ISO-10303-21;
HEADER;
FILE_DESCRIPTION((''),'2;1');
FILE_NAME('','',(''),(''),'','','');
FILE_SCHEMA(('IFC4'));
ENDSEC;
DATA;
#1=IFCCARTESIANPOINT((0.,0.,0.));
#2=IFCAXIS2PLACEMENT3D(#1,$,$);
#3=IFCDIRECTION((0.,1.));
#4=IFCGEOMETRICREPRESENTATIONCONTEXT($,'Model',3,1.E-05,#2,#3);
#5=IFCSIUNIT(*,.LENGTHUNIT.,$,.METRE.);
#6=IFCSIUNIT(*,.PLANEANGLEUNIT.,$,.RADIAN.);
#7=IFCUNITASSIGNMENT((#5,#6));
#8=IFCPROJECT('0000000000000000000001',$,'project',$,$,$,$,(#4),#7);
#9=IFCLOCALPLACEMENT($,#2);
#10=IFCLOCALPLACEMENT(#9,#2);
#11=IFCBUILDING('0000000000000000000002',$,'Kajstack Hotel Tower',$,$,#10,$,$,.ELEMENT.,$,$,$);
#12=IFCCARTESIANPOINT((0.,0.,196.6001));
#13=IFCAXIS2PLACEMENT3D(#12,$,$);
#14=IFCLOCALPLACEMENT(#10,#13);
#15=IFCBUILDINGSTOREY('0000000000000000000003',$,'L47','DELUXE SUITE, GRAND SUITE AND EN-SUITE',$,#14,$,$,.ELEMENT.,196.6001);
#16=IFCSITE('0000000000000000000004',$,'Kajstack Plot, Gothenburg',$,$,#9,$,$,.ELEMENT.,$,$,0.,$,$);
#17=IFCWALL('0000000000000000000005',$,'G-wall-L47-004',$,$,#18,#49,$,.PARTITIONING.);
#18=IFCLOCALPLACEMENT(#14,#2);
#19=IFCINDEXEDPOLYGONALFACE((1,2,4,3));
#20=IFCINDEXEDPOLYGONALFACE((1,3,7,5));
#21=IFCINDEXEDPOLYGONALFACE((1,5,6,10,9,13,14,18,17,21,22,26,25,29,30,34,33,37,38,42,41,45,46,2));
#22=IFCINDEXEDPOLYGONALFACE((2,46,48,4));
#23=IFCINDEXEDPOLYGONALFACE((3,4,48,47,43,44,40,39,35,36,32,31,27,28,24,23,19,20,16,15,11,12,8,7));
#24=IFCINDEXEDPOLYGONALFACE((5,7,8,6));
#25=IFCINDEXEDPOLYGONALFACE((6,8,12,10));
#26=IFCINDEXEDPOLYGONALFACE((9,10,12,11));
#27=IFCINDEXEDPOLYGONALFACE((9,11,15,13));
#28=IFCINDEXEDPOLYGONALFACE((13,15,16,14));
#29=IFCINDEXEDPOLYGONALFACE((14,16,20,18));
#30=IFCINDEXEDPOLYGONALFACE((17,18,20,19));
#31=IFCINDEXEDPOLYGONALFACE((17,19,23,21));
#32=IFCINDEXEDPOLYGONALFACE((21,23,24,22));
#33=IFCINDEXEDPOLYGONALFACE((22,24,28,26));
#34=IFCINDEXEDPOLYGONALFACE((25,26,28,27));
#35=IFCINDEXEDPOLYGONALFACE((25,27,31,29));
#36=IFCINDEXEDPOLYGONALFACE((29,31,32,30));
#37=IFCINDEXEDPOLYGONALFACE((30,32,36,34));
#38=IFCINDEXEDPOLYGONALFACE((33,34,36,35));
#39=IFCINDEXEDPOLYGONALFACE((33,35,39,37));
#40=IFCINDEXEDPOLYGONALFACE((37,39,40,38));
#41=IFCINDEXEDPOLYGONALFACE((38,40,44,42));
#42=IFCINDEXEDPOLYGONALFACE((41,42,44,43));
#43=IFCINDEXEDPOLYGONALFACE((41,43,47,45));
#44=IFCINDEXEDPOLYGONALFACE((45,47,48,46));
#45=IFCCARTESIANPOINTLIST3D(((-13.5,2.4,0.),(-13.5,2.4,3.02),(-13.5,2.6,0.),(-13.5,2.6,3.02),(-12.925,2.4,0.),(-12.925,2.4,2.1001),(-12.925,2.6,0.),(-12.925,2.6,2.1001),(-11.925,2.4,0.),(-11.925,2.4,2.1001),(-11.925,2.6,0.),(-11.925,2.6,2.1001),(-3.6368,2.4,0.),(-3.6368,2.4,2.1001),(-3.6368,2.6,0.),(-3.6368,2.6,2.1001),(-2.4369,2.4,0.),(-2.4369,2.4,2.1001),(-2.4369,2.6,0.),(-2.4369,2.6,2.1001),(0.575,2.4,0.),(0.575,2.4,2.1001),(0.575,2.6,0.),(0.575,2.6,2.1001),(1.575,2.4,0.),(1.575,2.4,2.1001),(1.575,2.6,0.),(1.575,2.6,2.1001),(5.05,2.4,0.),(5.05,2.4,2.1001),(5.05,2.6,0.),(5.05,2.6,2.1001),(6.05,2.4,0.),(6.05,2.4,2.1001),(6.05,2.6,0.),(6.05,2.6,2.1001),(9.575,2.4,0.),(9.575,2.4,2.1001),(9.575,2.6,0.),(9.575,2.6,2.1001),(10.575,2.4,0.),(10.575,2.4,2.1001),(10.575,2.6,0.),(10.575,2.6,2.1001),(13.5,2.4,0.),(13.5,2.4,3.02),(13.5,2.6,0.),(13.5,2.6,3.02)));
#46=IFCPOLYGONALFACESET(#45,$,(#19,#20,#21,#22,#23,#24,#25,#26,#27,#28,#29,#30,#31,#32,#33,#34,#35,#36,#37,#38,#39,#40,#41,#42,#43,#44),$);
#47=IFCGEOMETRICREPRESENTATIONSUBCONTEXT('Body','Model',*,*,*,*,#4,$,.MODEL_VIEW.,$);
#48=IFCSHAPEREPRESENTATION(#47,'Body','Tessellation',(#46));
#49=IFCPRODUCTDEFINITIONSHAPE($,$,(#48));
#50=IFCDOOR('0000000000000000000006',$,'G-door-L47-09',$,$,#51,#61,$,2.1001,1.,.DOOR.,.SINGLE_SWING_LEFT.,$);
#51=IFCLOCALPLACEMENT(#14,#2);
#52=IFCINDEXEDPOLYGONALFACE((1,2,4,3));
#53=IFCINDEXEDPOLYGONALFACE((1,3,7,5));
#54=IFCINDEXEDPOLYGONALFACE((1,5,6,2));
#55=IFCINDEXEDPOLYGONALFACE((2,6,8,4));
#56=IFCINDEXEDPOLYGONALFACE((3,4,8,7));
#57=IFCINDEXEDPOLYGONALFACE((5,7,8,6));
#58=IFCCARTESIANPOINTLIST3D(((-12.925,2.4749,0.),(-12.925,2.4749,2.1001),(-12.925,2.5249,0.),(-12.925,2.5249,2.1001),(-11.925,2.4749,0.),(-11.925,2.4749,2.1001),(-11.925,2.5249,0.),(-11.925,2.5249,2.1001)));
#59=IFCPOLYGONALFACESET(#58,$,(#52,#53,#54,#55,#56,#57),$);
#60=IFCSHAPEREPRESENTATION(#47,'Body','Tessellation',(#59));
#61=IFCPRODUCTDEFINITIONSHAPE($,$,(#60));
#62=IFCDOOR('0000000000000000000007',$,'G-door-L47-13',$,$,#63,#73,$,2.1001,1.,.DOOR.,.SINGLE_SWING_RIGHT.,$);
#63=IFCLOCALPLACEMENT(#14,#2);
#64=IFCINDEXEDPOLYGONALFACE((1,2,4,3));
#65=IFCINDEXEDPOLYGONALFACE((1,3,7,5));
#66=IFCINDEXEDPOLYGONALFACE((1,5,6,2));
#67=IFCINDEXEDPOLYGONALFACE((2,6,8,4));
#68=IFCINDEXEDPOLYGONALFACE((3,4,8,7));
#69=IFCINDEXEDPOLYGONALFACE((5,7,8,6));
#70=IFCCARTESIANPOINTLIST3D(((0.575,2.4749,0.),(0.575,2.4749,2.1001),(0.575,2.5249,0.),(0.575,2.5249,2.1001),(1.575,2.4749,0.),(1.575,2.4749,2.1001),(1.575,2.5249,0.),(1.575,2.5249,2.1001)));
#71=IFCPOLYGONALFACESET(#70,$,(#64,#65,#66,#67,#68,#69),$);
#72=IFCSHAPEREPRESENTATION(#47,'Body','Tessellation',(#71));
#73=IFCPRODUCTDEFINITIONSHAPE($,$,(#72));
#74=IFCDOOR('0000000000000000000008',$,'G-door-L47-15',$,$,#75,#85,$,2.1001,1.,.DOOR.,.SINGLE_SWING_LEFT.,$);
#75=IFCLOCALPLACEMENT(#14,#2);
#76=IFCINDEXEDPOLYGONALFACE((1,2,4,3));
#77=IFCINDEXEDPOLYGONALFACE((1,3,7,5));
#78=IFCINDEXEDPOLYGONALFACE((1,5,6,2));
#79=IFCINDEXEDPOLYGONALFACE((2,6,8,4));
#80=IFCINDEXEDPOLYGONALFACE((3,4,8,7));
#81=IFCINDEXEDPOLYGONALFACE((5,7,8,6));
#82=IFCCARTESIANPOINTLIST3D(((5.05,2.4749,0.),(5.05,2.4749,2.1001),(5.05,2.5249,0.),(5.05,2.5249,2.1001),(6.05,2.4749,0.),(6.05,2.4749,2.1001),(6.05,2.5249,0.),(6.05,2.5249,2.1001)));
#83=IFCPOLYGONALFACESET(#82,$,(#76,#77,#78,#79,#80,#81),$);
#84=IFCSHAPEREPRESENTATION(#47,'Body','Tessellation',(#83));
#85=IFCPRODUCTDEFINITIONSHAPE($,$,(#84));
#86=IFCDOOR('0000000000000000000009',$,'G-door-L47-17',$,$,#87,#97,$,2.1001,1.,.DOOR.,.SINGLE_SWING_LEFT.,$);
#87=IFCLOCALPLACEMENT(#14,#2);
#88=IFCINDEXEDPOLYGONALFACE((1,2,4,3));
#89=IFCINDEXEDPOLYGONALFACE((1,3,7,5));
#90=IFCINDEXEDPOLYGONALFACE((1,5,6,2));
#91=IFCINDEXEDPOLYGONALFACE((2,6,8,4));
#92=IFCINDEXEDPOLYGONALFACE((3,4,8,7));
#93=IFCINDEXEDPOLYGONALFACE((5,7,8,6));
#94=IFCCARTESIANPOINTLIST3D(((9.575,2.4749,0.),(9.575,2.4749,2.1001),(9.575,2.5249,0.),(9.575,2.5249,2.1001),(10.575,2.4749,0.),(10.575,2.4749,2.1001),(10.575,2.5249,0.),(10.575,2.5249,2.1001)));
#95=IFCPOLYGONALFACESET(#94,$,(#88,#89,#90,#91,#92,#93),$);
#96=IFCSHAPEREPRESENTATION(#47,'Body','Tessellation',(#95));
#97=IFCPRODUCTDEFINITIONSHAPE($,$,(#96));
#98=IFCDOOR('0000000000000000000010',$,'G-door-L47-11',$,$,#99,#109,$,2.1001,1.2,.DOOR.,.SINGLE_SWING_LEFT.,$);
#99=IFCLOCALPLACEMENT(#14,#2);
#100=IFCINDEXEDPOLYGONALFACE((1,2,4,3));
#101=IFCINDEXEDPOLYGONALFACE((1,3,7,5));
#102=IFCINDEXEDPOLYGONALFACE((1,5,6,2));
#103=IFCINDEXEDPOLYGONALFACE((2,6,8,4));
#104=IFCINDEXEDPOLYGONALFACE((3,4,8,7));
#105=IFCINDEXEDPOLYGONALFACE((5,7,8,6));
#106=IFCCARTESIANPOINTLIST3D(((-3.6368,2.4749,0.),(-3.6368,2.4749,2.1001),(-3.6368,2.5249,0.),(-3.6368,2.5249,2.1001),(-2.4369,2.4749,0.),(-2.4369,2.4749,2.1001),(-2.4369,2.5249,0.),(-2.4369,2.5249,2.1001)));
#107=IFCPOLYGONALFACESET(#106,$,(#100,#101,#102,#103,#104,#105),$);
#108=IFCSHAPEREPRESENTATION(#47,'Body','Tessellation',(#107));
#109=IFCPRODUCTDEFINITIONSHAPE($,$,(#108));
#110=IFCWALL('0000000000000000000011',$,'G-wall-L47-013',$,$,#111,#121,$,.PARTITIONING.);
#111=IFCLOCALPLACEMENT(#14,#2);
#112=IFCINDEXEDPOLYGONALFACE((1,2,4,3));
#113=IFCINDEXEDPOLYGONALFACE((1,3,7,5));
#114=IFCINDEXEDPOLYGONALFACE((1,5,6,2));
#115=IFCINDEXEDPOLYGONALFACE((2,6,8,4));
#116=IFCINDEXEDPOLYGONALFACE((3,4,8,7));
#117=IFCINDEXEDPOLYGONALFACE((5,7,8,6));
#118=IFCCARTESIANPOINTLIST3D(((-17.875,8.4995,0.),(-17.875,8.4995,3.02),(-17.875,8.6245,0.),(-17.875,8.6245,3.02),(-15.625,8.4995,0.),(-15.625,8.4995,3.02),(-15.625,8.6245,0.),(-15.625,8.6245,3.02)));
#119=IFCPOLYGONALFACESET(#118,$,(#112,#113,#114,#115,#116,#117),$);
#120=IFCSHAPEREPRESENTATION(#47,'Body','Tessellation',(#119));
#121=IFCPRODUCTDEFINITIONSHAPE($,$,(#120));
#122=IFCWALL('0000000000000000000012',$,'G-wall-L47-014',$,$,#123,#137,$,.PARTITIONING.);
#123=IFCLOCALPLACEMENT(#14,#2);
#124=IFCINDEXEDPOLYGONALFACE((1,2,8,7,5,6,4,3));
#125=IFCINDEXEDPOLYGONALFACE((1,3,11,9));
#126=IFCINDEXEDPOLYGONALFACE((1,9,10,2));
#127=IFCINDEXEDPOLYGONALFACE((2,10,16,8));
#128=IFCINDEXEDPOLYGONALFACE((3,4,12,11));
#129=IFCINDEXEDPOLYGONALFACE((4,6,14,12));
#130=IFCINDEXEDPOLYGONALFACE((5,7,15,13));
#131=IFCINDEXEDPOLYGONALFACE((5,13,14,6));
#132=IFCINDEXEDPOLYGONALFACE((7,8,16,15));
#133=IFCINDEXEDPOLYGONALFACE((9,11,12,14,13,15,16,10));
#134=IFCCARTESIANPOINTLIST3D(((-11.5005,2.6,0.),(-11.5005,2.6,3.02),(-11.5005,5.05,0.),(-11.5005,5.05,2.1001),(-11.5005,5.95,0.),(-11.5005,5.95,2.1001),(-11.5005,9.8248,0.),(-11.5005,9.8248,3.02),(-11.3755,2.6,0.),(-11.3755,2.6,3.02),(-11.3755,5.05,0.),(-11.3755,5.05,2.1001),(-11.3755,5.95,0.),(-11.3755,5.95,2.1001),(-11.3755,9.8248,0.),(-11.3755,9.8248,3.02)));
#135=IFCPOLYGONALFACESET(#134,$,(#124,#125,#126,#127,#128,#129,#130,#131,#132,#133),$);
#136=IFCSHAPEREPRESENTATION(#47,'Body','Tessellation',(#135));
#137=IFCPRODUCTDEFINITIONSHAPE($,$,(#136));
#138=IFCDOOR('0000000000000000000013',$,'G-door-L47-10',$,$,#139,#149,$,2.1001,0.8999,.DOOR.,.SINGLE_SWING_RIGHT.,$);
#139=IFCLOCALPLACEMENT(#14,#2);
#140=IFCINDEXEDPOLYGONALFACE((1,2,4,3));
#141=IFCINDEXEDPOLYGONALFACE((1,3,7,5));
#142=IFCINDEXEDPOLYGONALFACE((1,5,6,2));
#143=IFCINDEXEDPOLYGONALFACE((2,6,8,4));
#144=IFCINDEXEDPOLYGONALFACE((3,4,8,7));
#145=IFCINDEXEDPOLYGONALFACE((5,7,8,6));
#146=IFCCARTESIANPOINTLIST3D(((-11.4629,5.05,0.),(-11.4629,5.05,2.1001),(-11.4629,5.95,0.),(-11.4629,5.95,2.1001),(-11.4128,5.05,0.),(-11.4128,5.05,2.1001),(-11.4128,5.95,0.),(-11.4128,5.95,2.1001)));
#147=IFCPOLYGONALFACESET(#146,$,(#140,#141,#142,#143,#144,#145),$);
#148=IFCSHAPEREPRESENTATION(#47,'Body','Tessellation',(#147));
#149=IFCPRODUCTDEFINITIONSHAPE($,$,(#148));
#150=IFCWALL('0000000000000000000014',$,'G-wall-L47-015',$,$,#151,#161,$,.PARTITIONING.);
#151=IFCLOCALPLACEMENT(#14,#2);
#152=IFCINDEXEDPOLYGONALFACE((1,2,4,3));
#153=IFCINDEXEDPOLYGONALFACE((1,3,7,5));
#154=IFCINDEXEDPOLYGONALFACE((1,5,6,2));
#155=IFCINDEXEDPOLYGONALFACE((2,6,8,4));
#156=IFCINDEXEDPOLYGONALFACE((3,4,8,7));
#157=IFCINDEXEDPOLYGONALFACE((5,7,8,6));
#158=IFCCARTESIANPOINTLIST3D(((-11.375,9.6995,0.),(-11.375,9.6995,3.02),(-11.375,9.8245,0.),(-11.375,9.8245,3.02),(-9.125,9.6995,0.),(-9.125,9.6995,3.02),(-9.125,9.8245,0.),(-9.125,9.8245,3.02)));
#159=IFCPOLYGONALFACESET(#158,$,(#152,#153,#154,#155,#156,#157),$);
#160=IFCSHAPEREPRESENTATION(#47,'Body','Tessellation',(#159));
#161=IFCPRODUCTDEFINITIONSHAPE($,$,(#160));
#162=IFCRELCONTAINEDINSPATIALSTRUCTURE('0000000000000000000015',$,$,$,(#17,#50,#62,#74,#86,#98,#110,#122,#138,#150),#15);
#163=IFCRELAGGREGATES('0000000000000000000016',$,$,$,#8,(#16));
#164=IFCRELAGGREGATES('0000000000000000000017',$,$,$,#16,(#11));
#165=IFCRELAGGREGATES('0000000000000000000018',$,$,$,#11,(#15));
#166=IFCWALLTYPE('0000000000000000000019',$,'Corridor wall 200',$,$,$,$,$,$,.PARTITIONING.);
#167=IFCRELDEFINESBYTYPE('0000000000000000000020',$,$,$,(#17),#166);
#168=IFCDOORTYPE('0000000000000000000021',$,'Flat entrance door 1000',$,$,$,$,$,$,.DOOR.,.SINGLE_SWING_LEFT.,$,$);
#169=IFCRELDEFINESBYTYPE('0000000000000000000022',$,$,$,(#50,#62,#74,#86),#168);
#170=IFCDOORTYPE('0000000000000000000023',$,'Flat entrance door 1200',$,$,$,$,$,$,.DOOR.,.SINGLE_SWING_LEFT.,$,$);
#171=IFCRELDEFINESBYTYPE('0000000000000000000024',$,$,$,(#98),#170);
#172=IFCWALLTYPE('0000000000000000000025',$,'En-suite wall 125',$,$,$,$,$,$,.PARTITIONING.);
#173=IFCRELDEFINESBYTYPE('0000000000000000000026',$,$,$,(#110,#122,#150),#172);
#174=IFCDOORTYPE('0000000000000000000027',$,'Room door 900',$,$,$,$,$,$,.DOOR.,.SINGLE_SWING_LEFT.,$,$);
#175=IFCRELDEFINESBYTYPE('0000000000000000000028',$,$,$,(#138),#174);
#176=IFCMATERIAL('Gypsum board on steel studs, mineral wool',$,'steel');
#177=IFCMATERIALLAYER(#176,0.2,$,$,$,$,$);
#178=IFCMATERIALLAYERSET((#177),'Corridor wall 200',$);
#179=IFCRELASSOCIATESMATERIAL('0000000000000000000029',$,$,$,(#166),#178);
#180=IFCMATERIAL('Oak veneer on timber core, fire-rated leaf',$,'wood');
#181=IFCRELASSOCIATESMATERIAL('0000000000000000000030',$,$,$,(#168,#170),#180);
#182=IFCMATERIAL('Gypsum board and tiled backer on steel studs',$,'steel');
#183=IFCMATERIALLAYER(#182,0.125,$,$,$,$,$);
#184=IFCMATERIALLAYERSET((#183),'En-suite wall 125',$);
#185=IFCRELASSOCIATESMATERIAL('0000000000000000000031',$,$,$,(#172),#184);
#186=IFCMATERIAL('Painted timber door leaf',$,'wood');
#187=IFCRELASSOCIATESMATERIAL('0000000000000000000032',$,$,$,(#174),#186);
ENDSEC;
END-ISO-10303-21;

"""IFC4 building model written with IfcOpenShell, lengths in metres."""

from ifc_helpers import new_model, si_unit, direction, frame, frame_2d, origin, place, context, subcontext, project, spatial, rectangle, extrude, material, layer, layer_set, type_object, element, fill, save


model = new_model("IFC4")

# Units and contexts
model_context = context("Model", 3, precision=1e-05, world=origin(), true_north=direction((0.0, 1.0)))
body_context = subcontext(model_context, "Body", "Model", "MODEL_VIEW")
ifc_project = project(units=[si_unit("LENGTHUNIT", "METRE"), si_unit("PLANEANGLEUNIT", "RADIAN")], contexts=[model_context])

# Site, building, storey
site_placement = place(None, origin())
site = spatial("IfcSite", under=ifc_project, at=site_placement, Name="Kajstack Plot, Gothenburg", CompositionType="ELEMENT", RefElevation=0.0)
building_placement = place(site_placement, origin())
building = spatial("IfcBuilding", under=site, at=building_placement, Name="Kajstack Hotel Tower", CompositionType="ELEMENT")
storey_placement = place(building_placement, frame((0.0, 0.0, 196.6001)))
storey = spatial("IfcBuildingStorey", under=building, at=storey_placement, Name="L47", Description="DELUXE SUITE, GRAND SUITE AND EN-SUITE", CompositionType="ELEMENT", Elevation=196.6001)

# Wall, openings, doors
ifc_material_1 = material(Name="Gypsum board on steel studs, mineral wool", Category="steel")
ifc_layer_1 = layer(ifc_material_1, 0.2)
ifc_layer_set_1 = layer_set([ifc_layer_1], Name="Corridor wall 200")
wall_type_1 = type_object("IfcWallType", Name="Corridor wall 200", PredefinedType="PARTITIONING", material=ifc_layer_set_1)
wall_1_placement = place(storey_placement, frame((-13.5, 2.5, 0.0), z_axis=(0.0, 0.0, 1.0), x_axis=(1.0, 0.0, 0.0)))
wall_1 = element("IfcWall", 1, at=wall_1_placement, inside=storey, type_object=wall_type_1, Name="G-wall-L47-004", PredefinedType="PARTITIONING", context=body_context, shape_type="SweptSolid", body=[
    extrude(rectangle(XDim=27.0, YDim=0.2, at=frame_2d((13.5, 0.0))), origin(), (0.0, 0.0, 1.0), 3.02),
])
opening_1_placement = place(wall_1_placement, frame((0.575, 0.0, 0.0)))
opening_1 = element("IfcOpeningElement", 2, at=opening_1_placement, cuts=wall_1, PredefinedType="OPENING", context=body_context, shape_type="SweptSolid", body=[
    extrude(rectangle(XDim=1.0, YDim=2.1001, at=frame_2d((0.5, 1.05))), frame((0.0, 0.1099, 0.0), z_axis=(0.0, -1.0, 0.0), x_axis=(1.0, 0.0, 0.0)), (0.0, 0.0, 1.0), 0.22),
])
opening_2_placement = place(wall_1_placement, frame((9.863, 0.0, 0.0)))
opening_2 = element("IfcOpeningElement", 3, at=opening_2_placement, cuts=wall_1, PredefinedType="OPENING", context=body_context, shape_type="SweptSolid", body=[
    extrude(rectangle(XDim=1.2, YDim=2.1001, at=frame_2d((0.6001, 1.05))), frame((0.0, 0.1099, 0.0), z_axis=(0.0, -1.0, 0.0), x_axis=(1.0, 0.0, 0.0)), (0.0, 0.0, 1.0), 0.22),
])
opening_3_placement = place(wall_1_placement, frame((14.075, 0.0, 0.0)))
opening_3 = element("IfcOpeningElement", 4, at=opening_3_placement, cuts=wall_1, PredefinedType="OPENING", context=body_context, shape_type="SweptSolid", body=[
    extrude(rectangle(XDim=1.0, YDim=2.1001, at=frame_2d((0.5, 1.05))), frame((0.0, 0.1099, 0.0), z_axis=(0.0, -1.0, 0.0), x_axis=(1.0, 0.0, 0.0)), (0.0, 0.0, 1.0), 0.22),
])
opening_4_placement = place(wall_1_placement, frame((18.55, 0.0, 0.0)))
opening_4 = element("IfcOpeningElement", 5, at=opening_4_placement, cuts=wall_1, PredefinedType="OPENING", context=body_context, shape_type="SweptSolid", body=[
    extrude(rectangle(XDim=1.0, YDim=2.1001, at=frame_2d((0.5, 1.05))), frame((0.0, 0.1099, 0.0), z_axis=(0.0, -1.0, 0.0), x_axis=(1.0, 0.0, 0.0)), (0.0, 0.0, 1.0), 0.22),
])
opening_5_placement = place(wall_1_placement, frame((23.075, 0.0, 0.0)))
opening_5 = element("IfcOpeningElement", 6, at=opening_5_placement, cuts=wall_1, PredefinedType="OPENING", context=body_context, shape_type="SweptSolid", body=[
    extrude(rectangle(XDim=1.0, YDim=2.1001, at=frame_2d((0.5, 1.05))), frame((0.0, 0.1099, 0.0), z_axis=(0.0, -1.0, 0.0), x_axis=(1.0, 0.0, 0.0)), (0.0, 0.0, 1.0), 0.22),
])
ifc_material_2 = material(Name="Oak veneer on timber core, fire-rated leaf", Category="wood")
door_type_1 = type_object("IfcDoorType", Name="Flat entrance door 1000", OperationType="SINGLE_SWING_LEFT", PredefinedType="DOOR", material=ifc_material_2)
door_1_placement = place(opening_1_placement, origin())
door_1 = element("IfcDoor", 7, at=door_1_placement, inside=storey, type_object=door_type_1, Name="G-door-L47-09", OperationType="SINGLE_SWING_LEFT", OverallHeight=2.1001, OverallWidth=1.0, PredefinedType="DOOR", context=body_context, shape_type="SweptSolid", body=[
    extrude(rectangle(XDim=1.0, YDim=2.1001, at=frame_2d((0.5, 1.05))), frame((0.0, 0.0249, 0.0), z_axis=(0.0, -1.0, 0.0), x_axis=(1.0, 0.0, 0.0)), (0.0, 0.0, 1.0), 0.05),
])
fill(opening_1, door_1)
door_2_placement = place(opening_3_placement, origin())
door_2 = element("IfcDoor", 8, at=door_2_placement, inside=storey, type_object=door_type_1, Name="G-door-L47-13", OperationType="SINGLE_SWING_RIGHT", OverallHeight=2.1001, OverallWidth=1.0, PredefinedType="DOOR", context=body_context, shape_type="SweptSolid", body=[
    extrude(rectangle(XDim=1.0, YDim=2.1001, at=frame_2d((0.5, 1.05))), frame((0.0, 0.0249, 0.0), z_axis=(0.0, -1.0, 0.0), x_axis=(1.0, 0.0, 0.0)), (0.0, 0.0, 1.0), 0.05),
])
fill(opening_3, door_2)
door_3_placement = place(opening_4_placement, origin())
door_3 = element("IfcDoor", 9, at=door_3_placement, inside=storey, type_object=door_type_1, Name="G-door-L47-15", OperationType="SINGLE_SWING_LEFT", OverallHeight=2.1001, OverallWidth=1.0, PredefinedType="DOOR", context=body_context, shape_type="SweptSolid", body=[
    extrude(rectangle(XDim=1.0, YDim=2.1001, at=frame_2d((0.5, 1.05))), frame((0.0, 0.0249, 0.0), z_axis=(0.0, -1.0, 0.0), x_axis=(1.0, 0.0, 0.0)), (0.0, 0.0, 1.0), 0.05),
])
fill(opening_4, door_3)
door_4_placement = place(opening_5_placement, origin())
door_4 = element("IfcDoor", 10, at=door_4_placement, inside=storey, type_object=door_type_1, Name="G-door-L47-17", OperationType="SINGLE_SWING_LEFT", OverallHeight=2.1001, OverallWidth=1.0, PredefinedType="DOOR", context=body_context, shape_type="SweptSolid", body=[
    extrude(rectangle(XDim=1.0, YDim=2.1001, at=frame_2d((0.5, 1.05))), frame((0.0, 0.0249, 0.0), z_axis=(0.0, -1.0, 0.0), x_axis=(1.0, 0.0, 0.0)), (0.0, 0.0, 1.0), 0.05),
])
fill(opening_5, door_4)
door_type_2 = type_object("IfcDoorType", Name="Flat entrance door 1200", OperationType="SINGLE_SWING_LEFT", PredefinedType="DOOR", material=ifc_material_2)
door_5_placement = place(opening_2_placement, origin())
door_5 = element("IfcDoor", 11, at=door_5_placement, inside=storey, type_object=door_type_2, Name="G-door-L47-11", OperationType="SINGLE_SWING_LEFT", OverallHeight=2.1001, OverallWidth=1.2, PredefinedType="DOOR", context=body_context, shape_type="SweptSolid", body=[
    extrude(rectangle(XDim=1.2, YDim=2.1001, at=frame_2d((0.6001, 1.05))), frame((0.0, 0.0249, 0.0), z_axis=(0.0, -1.0, 0.0), x_axis=(1.0, 0.0, 0.0)), (0.0, 0.0, 1.0), 0.05),
])
fill(opening_2, door_5)

# Wall
ifc_material_3 = material(Name="Gypsum board and tiled backer on steel studs", Category="steel")
ifc_layer_2 = layer(ifc_material_3, 0.125)
ifc_layer_set_2 = layer_set([ifc_layer_2], Name="En-suite wall 125")
wall_type_2 = type_object("IfcWallType", Name="En-suite wall 125", PredefinedType="PARTITIONING", material=ifc_layer_set_2)
wall_2_placement = place(storey_placement, frame((-17.875, 8.562, 0.0), z_axis=(0.0, 0.0, 1.0), x_axis=(1.0, 0.0, 0.0)))
element("IfcWall", 12, at=wall_2_placement, inside=storey, type_object=wall_type_2, Name="G-wall-L47-013", PredefinedType="PARTITIONING", context=body_context, shape_type="SweptSolid", body=[
    extrude(rectangle(XDim=2.25, YDim=0.125, at=frame_2d((1.125, 0.0))), origin(), (0.0, 0.0, 1.0), 3.02),
])

# Wall, opening, door
wall_3_placement = place(storey_placement, frame((-11.438, 2.6001, 0.0), z_axis=(0.0, 0.0, 1.0), x_axis=(0.0, 1.0, 0.0)))
wall_3 = element("IfcWall", 13, at=wall_3_placement, inside=storey, type_object=wall_type_2, Name="G-wall-L47-014", PredefinedType="PARTITIONING", context=body_context, shape_type="SweptSolid", body=[
    extrude(rectangle(XDim=7.2249, YDim=0.125, at=frame_2d((3.6123, 0.0))), origin(), (0.0, 0.0, 1.0), 3.02),
])
opening_6_placement = place(wall_3_placement, frame((2.45, 0.0, 0.0)))
opening_6 = element("IfcOpeningElement", 14, at=opening_6_placement, cuts=wall_3, PredefinedType="OPENING", context=body_context, shape_type="SweptSolid", body=[
    extrude(rectangle(XDim=0.8999, YDim=2.1001, at=frame_2d((0.45, 1.05))), frame((0.0, 0.0725, 0.0), z_axis=(0.0, -1.0, 0.0), x_axis=(1.0, 0.0, 0.0)), (0.0, 0.0, 1.0), 0.145),
])
ifc_material_4 = material(Name="Painted timber door leaf", Category="wood")
door_type_3 = type_object("IfcDoorType", Name="Room door 900", OperationType="SINGLE_SWING_LEFT", PredefinedType="DOOR", material=ifc_material_4)
door_6_placement = place(opening_6_placement, origin())
door_6 = element("IfcDoor", 15, at=door_6_placement, inside=storey, type_object=door_type_3, Name="G-door-L47-10", OperationType="SINGLE_SWING_RIGHT", OverallHeight=2.1001, OverallWidth=0.8999, PredefinedType="DOOR", context=body_context, shape_type="SweptSolid", body=[
    extrude(rectangle(XDim=0.8999, YDim=2.1001, at=frame_2d((0.45, 1.05))), frame((0.0, 0.0249, 0.0), z_axis=(0.0, -1.0, 0.0), x_axis=(1.0, 0.0, 0.0)), (0.0, 0.0, 1.0), 0.05),
])
fill(opening_6, door_6)

# Wall
wall_4_placement = place(storey_placement, frame((-11.375, 9.762, 0.0), z_axis=(0.0, 0.0, 1.0), x_axis=(1.0, 0.0, 0.0)))
element("IfcWall", 16, at=wall_4_placement, inside=storey, type_object=wall_type_2, Name="G-wall-L47-015", PredefinedType="PARTITIONING", context=body_context, shape_type="SweptSolid", body=[
    extrude(rectangle(XDim=2.25, YDim=0.125, at=frame_2d((1.125, 0.0))), origin(), (0.0, 0.0, 1.0), 3.02),
])

save(model, "model.ifc")
